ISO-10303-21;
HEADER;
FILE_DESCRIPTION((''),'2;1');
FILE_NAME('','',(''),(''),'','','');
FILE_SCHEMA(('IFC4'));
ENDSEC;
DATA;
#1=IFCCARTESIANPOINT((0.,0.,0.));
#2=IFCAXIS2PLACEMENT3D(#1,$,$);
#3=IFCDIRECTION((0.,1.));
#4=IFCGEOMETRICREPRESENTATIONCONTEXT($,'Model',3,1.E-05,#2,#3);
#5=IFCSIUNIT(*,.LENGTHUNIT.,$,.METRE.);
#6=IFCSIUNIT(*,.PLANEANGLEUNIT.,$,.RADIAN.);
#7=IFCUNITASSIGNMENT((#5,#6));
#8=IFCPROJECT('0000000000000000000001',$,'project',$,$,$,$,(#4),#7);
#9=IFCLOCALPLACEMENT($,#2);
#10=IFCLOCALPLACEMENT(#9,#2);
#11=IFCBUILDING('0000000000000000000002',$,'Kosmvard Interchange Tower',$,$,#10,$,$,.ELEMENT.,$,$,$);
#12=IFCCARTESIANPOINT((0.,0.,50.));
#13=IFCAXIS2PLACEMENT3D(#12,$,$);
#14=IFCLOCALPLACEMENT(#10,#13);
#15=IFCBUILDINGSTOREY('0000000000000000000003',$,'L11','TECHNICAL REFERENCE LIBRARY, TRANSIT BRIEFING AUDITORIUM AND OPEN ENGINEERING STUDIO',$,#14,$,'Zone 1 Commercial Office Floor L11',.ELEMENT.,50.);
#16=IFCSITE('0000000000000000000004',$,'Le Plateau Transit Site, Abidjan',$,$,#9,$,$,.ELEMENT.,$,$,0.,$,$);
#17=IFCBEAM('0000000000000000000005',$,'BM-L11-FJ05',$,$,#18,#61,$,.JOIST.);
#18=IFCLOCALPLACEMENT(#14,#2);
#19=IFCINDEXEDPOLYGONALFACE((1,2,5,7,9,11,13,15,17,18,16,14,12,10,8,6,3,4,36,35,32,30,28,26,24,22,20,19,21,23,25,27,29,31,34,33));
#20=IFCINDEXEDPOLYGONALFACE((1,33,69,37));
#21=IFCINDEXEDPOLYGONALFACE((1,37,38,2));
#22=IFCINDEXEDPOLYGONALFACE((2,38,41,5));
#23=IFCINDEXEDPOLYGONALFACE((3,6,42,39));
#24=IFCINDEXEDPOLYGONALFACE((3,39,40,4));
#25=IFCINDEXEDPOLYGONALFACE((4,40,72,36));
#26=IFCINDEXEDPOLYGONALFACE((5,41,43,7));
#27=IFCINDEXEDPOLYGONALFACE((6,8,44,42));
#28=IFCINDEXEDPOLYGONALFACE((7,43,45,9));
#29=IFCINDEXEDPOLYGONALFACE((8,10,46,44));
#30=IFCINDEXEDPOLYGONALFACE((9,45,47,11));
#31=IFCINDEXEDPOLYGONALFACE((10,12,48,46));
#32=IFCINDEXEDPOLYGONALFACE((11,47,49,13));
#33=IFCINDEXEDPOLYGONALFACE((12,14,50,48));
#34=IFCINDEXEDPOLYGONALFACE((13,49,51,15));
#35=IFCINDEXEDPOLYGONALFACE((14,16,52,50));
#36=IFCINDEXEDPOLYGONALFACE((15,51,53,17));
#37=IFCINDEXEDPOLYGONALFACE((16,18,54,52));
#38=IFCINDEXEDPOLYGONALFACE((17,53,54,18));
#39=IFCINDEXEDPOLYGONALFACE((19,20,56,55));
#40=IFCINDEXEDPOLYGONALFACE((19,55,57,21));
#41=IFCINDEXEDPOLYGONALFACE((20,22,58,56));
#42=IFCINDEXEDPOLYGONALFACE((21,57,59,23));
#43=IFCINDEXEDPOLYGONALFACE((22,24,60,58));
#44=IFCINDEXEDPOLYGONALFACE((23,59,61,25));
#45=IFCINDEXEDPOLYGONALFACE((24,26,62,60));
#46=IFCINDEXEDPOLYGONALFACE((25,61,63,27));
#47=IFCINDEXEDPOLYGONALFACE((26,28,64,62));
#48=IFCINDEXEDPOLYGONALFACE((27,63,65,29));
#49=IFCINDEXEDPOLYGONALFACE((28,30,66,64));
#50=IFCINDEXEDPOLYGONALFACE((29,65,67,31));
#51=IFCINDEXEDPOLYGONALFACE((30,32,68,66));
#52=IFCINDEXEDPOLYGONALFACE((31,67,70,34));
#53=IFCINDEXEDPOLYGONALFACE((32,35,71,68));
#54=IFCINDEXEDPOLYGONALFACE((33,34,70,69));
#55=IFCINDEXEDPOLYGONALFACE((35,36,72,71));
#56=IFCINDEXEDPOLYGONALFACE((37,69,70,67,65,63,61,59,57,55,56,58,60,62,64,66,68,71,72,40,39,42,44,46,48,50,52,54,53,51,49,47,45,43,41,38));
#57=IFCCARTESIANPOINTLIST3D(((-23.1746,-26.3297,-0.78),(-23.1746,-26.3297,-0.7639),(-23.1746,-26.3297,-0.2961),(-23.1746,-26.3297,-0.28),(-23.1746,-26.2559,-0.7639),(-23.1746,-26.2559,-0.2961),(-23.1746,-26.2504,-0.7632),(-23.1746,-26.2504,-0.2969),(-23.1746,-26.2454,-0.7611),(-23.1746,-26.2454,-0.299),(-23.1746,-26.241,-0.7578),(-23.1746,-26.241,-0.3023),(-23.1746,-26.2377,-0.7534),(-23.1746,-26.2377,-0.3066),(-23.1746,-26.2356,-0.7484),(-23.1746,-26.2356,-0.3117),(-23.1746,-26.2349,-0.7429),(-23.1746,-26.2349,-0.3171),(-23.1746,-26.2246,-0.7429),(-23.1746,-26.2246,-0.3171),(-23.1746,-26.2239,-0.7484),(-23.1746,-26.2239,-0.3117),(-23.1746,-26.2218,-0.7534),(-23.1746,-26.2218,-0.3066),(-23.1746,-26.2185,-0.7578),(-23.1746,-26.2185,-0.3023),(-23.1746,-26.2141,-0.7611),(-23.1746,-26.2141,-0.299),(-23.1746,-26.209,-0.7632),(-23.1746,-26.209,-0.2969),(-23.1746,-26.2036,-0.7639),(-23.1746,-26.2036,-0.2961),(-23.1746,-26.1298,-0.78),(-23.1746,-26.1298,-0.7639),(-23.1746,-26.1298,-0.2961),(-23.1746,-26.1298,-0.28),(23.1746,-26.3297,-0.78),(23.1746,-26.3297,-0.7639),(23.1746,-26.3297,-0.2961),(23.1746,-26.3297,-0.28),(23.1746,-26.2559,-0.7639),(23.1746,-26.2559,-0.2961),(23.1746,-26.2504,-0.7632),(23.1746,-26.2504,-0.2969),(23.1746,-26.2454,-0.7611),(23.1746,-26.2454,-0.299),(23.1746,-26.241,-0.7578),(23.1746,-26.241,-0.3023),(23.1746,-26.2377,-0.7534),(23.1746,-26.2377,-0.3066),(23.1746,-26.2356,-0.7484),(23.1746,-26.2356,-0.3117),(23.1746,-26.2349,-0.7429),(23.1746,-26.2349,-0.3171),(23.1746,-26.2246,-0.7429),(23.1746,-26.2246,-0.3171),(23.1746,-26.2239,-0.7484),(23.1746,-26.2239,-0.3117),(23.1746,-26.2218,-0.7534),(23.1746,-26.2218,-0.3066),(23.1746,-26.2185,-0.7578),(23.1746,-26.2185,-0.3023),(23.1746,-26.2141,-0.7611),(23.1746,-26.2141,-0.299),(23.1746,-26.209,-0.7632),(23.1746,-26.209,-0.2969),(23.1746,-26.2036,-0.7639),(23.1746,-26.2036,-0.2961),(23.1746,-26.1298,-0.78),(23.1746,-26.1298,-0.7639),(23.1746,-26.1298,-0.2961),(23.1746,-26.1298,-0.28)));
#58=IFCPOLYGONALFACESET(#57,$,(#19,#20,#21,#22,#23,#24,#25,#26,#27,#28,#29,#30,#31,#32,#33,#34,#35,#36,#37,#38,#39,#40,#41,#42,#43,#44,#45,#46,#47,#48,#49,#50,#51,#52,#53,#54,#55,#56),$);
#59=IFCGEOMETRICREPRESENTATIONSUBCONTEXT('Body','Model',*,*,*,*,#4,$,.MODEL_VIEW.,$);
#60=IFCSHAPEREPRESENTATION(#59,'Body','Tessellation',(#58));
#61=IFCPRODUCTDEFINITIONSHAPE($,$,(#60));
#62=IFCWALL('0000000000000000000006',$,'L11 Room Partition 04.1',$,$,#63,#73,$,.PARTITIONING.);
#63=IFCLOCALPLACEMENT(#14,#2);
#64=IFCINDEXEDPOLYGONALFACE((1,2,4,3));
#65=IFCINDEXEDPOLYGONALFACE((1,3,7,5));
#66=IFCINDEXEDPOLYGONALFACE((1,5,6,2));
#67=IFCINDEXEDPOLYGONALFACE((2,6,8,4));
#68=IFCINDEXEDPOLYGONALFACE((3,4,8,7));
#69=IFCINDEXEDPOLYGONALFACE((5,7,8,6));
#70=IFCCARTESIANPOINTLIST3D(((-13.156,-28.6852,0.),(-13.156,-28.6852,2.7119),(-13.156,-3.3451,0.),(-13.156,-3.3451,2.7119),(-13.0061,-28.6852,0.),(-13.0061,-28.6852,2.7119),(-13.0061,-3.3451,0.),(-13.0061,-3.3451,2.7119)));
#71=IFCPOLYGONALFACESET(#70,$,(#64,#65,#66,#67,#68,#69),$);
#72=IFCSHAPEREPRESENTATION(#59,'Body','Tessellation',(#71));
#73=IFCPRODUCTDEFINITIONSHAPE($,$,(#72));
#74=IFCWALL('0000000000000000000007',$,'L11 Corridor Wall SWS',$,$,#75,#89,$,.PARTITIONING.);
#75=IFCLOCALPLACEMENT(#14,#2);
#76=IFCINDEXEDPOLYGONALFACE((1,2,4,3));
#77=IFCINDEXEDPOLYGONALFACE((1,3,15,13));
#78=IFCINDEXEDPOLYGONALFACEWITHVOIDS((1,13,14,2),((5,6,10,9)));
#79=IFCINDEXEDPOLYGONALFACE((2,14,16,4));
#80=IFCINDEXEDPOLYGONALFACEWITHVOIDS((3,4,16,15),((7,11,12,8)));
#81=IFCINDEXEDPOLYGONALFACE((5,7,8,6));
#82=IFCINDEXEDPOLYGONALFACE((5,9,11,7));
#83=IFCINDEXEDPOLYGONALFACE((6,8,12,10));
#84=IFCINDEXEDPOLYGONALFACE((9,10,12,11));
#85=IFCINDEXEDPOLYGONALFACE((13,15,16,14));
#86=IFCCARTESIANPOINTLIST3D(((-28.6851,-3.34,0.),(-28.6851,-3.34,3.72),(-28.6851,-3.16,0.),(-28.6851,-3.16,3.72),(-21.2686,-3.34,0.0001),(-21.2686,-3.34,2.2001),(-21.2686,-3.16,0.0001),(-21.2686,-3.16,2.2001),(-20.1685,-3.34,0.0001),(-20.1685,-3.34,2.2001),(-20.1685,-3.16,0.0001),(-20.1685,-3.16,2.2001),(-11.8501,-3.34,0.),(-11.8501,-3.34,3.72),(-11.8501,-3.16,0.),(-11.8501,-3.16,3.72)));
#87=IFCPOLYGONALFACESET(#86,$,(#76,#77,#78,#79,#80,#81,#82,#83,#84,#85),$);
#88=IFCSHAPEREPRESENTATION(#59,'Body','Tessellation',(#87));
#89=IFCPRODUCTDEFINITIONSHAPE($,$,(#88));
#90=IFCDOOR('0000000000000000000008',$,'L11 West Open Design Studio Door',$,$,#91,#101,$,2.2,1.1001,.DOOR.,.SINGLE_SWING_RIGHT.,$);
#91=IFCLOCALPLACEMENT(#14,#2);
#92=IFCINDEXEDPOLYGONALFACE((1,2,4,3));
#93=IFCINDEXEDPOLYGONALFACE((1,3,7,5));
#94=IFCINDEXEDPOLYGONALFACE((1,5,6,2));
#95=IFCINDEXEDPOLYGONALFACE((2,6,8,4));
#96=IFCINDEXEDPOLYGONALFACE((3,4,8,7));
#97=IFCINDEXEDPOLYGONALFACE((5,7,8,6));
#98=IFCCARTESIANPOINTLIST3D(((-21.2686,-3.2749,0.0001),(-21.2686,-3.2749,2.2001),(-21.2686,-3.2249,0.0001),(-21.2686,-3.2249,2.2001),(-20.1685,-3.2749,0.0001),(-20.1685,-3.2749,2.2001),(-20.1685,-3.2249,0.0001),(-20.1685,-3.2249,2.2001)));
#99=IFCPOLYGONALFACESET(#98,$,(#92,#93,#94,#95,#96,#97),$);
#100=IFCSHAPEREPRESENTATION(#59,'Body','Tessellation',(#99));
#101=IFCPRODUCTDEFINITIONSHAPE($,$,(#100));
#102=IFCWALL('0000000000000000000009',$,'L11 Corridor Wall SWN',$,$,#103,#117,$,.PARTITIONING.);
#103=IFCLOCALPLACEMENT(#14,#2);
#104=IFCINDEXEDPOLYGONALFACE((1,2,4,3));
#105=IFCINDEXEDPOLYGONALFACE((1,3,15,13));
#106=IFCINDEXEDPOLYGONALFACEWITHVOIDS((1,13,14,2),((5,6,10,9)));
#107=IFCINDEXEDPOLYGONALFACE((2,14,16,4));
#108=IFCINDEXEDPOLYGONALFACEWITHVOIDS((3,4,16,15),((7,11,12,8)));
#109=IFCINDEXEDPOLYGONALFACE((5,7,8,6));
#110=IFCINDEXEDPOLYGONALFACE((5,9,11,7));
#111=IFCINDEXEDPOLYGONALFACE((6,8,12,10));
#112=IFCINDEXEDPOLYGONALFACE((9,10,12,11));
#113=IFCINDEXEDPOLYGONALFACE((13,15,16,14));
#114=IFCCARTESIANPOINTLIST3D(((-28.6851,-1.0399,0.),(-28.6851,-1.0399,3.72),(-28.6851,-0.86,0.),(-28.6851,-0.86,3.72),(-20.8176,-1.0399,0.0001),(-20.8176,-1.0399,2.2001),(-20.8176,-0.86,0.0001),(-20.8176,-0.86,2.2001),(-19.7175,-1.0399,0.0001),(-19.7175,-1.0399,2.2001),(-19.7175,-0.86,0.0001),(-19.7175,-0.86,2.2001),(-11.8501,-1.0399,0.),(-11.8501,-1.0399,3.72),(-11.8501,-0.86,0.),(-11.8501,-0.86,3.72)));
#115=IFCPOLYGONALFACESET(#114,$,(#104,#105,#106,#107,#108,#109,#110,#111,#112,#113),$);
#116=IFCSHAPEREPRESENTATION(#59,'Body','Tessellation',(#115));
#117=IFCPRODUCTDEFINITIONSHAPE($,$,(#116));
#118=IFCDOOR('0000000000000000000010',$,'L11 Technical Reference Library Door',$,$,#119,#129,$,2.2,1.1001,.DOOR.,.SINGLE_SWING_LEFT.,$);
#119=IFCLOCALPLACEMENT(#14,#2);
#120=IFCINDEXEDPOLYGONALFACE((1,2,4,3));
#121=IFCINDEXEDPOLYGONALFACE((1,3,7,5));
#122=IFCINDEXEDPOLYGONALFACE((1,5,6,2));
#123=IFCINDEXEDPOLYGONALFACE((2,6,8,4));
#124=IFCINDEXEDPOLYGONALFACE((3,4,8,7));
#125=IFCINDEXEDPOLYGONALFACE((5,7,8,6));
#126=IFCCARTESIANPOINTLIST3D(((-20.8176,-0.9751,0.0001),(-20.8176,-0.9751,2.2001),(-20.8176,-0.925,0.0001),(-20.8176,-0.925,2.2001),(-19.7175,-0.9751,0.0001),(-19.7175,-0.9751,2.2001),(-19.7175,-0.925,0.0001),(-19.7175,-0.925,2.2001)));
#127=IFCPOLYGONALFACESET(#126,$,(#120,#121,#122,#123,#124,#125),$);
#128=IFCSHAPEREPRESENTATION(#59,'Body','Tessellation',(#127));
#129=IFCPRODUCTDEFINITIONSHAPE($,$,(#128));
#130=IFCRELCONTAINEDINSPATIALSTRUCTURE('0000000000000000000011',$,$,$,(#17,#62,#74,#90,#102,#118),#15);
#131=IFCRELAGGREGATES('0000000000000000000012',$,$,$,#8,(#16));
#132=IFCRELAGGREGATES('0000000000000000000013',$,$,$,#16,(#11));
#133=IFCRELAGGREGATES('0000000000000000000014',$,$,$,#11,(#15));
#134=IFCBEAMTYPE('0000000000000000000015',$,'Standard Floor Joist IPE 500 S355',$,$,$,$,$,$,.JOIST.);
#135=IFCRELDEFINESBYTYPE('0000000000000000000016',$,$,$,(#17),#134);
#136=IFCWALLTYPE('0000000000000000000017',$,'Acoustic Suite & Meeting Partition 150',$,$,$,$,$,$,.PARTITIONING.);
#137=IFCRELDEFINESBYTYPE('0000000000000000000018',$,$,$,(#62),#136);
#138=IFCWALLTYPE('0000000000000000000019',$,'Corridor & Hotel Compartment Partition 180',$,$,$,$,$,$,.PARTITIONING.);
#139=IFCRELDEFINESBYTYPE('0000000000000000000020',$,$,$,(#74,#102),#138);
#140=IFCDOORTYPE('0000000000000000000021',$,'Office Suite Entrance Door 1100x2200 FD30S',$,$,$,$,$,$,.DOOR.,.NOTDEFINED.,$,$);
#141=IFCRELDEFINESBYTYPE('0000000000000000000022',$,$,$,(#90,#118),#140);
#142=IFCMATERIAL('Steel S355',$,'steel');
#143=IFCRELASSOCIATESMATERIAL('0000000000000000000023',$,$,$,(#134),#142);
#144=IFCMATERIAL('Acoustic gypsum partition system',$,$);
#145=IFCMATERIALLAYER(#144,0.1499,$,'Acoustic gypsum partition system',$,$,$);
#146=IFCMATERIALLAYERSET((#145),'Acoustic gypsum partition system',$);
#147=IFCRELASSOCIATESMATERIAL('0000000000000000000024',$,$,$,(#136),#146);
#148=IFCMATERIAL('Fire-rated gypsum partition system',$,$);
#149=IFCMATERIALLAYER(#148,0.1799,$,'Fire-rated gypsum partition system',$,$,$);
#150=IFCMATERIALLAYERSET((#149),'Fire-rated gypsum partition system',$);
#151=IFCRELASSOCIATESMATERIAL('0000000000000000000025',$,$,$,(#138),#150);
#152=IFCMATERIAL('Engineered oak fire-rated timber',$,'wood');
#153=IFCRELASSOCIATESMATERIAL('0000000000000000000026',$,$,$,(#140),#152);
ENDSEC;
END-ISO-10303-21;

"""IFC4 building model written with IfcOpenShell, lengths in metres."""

from ifc_helpers import new_model, si_unit, direction, frame, frame_2d, origin, origin_2d, place, context, subcontext, project, spatial, rectangle, i_section, extrude, source, transform, mapped, material, layer, layer_set, material_profile, profile_set, type_object, element, fill, save


model = new_model("IFC4")

# Units and contexts
model_context = context("Model", 3, precision=1e-05, world=origin(), true_north=direction((0.0, 1.0)))
body_context = subcontext(model_context, "Body", "Model", "MODEL_VIEW")
ifc_project = project(units=[si_unit("LENGTHUNIT", "METRE"), si_unit("PLANEANGLEUNIT", "RADIAN")], contexts=[model_context])

# Site, building, storey
site_placement = place(None, origin())
site = spatial("IfcSite", under=ifc_project, at=site_placement, Name="Le Plateau Transit Site, Abidjan", CompositionType="ELEMENT", RefElevation=0.0)
building_placement = place(site_placement, origin())
building = spatial("IfcBuilding", under=site, at=building_placement, Name="Kosmvard Interchange Tower", CompositionType="ELEMENT")
storey_placement = place(building_placement, frame((0.0, 0.0, 50.0)))
storey = spatial("IfcBuildingStorey", under=building, at=storey_placement, Name="L11", Description="TECHNICAL REFERENCE LIBRARY, TRANSIT BRIEFING AUDITORIUM AND OPEN ENGINEERING STUDIO", LongName="Zone 1 Commercial Office Floor L11", CompositionType="ELEMENT", Elevation=50.0)

# Beam
ifc_material_1 = material(Name="Steel S355", Category="steel")
ifc_material_profile_1 = material_profile(ifc_material_1, i_section(OverallWidth=0.2, OverallDepth=0.5, WebThickness=0.0103, FlangeThickness=0.0161, FilletRadius=0.021, at=origin_2d()), Name="IPE 500")
ifc_profile_set_1 = profile_set([ifc_material_profile_1], Name="Steel S355")
beam_type_1 = type_object("IfcBeamType", Name="Standard Floor Joist IPE 500 S355", PredefinedType="JOIST", material=ifc_profile_set_1)
shared_shape_1 = source(origin(), body_context, "Body", "SweptSolid", [
    extrude(i_section(OverallWidth=0.2, OverallDepth=0.5, WebThickness=0.0103, FlangeThickness=0.0161, FilletRadius=0.021, at=origin_2d()), origin(), (0.0, 0.0, 1.0), 46.3491),
])
beam_1_placement = place(storey_placement, frame((-23.1746, -26.2297, -0.53), z_axis=(1.0, 0.0, 0.0), x_axis=(0.0, 1.0, 0.0)))
element("IfcBeam", 1, at=beam_1_placement, inside=storey, type_object=beam_type_1, Name="BM-L11-FJ05", PredefinedType="JOIST", context=body_context, shape_type="MappedRepresentation", body=[
    mapped(shared_shape_1, transform((0.0, 0.0, 0.0), scale=1.0)),
])

# Wall
ifc_material_2 = material(Name="Acoustic gypsum partition system")
ifc_layer_1 = layer(ifc_material_2, 0.1499, Name="Acoustic gypsum partition system")
ifc_layer_set_1 = layer_set([ifc_layer_1], Name="Acoustic gypsum partition system")
wall_type_1 = type_object("IfcWallType", Name="Acoustic Suite & Meeting Partition 150", PredefinedType="PARTITIONING", material=ifc_layer_set_1)
wall_1_placement = place(storey_placement, frame((-13.0811, -28.6851, 0.0), z_axis=(0.0, 0.0, 1.0), x_axis=(0.0, 1.0, 0.0)))
element("IfcWall", 2, at=wall_1_placement, inside=storey, type_object=wall_type_1, Name="L11 Room Partition 04.1", PredefinedType="PARTITIONING", context=body_context, shape_type="SweptSolid", body=[
    extrude(rectangle(XDim=25.3401, YDim=0.1499, at=frame_2d((12.6699, 0.0))), origin(), (0.0, 0.0, 1.0), 2.7119),
])

# Walls, openings, doors
ifc_material_3 = material(Name="Fire-rated gypsum partition system")
ifc_layer_2 = layer(ifc_material_3, 0.1799, Name="Fire-rated gypsum partition system")
ifc_layer_set_2 = layer_set([ifc_layer_2], Name="Fire-rated gypsum partition system")
wall_type_2 = type_object("IfcWallType", Name="Corridor & Hotel Compartment Partition 180", PredefinedType="PARTITIONING", material=ifc_layer_set_2)
wall_2_placement = place(storey_placement, frame((-28.6851, -3.25, 0.0), z_axis=(0.0, 0.0, 1.0), x_axis=(1.0, 0.0, 0.0)))
wall_2 = element("IfcWall", 3, at=wall_2_placement, inside=storey, type_object=wall_type_2, Name="L11 Corridor Wall SWS", PredefinedType="PARTITIONING", context=body_context, shape_type="SweptSolid", body=[
    extrude(rectangle(XDim=16.835, YDim=0.1799, at=frame_2d((8.4175, 0.0))), origin(), (0.0, 0.0, 1.0), 3.72),
])
opening_1_placement = place(wall_2_placement, frame((7.4165, 0.0, 0.0)))
opening_1 = element("IfcOpeningElement", 4, at=opening_1_placement, cuts=wall_2, PredefinedType="OPENING", context=body_context, shape_type="SweptSolid", body=[
    extrude(rectangle(XDim=1.1001, YDim=2.2, at=frame_2d((0.55, 1.1001))), frame((0.0, 0.1001, 0.0), z_axis=(0.0, -1.0, 0.0), x_axis=(1.0, 0.0, 0.0)), (0.0, 0.0, 1.0), 0.2),
])
ifc_material_4 = material(Name="Engineered oak fire-rated timber", Category="wood")
door_type_1 = type_object("IfcDoorType", Name="Office Suite Entrance Door 1100x2200 FD30S", OperationType="NOTDEFINED", PredefinedType="DOOR", material=ifc_material_4)
shared_shape_2 = source(origin(), body_context, "Body", "SweptSolid", [
    extrude(rectangle(XDim=1.1001, YDim=2.2, at=frame_2d((0.55, 1.1001))), frame((0.0, 0.0249, 0.0), z_axis=(0.0, -1.0, 0.0), x_axis=(1.0, 0.0, 0.0)), (0.0, 0.0, 1.0), 0.05),
])
door_1_placement = place(opening_1_placement, frame((1.1001, 0.0, 0.0), z_axis=(0.0, 0.0, 1.0), x_axis=(-1.0, 0.0, 0.0)))
door_1 = element("IfcDoor", 5, at=door_1_placement, inside=storey, type_object=door_type_1, Name="L11 West Open Design Studio Door", OperationType="SINGLE_SWING_RIGHT", OverallHeight=2.2, OverallWidth=1.1001, PredefinedType="DOOR", context=body_context, shape_type="MappedRepresentation", body=[
    mapped(shared_shape_2, transform((0.0, 0.0, 0.0), scale=1.0)),
])
fill(opening_1, door_1)
wall_3_placement = place(storey_placement, frame((-28.6851, -0.95, 0.0), z_axis=(0.0, 0.0, 1.0), x_axis=(1.0, 0.0, 0.0)))
wall_3 = element("IfcWall", 6, at=wall_3_placement, inside=storey, type_object=wall_type_2, Name="L11 Corridor Wall SWN", PredefinedType="PARTITIONING", context=body_context, shape_type="SweptSolid", body=[
    extrude(rectangle(XDim=16.835, YDim=0.1799, at=frame_2d((8.4175, 0.0))), origin(), (0.0, 0.0, 1.0), 3.72),
])
opening_2_placement = place(wall_3_placement, frame((7.8674, 0.0, 0.0)))
opening_2 = element("IfcOpeningElement", 7, at=opening_2_placement, cuts=wall_3, PredefinedType="OPENING", context=body_context, shape_type="SweptSolid", body=[
    extrude(rectangle(XDim=1.1001, YDim=2.2, at=frame_2d((0.55, 1.1001))), frame((0.0, 0.1001, 0.0), z_axis=(0.0, -1.0, 0.0), x_axis=(1.0, 0.0, 0.0)), (0.0, 0.0, 1.0), 0.2),
])
door_2_placement = place(opening_2_placement, origin())
door_2 = element("IfcDoor", 8, at=door_2_placement, inside=storey, type_object=door_type_1, Name="L11 Technical Reference Library Door", OperationType="SINGLE_SWING_LEFT", OverallHeight=2.2, OverallWidth=1.1001, PredefinedType="DOOR", context=body_context, shape_type="MappedRepresentation", body=[
    mapped(shared_shape_2, transform((0.0, 0.0, 0.0), scale=1.0)),
])
fill(opening_2, door_2)

save(model, "model.ifc")
